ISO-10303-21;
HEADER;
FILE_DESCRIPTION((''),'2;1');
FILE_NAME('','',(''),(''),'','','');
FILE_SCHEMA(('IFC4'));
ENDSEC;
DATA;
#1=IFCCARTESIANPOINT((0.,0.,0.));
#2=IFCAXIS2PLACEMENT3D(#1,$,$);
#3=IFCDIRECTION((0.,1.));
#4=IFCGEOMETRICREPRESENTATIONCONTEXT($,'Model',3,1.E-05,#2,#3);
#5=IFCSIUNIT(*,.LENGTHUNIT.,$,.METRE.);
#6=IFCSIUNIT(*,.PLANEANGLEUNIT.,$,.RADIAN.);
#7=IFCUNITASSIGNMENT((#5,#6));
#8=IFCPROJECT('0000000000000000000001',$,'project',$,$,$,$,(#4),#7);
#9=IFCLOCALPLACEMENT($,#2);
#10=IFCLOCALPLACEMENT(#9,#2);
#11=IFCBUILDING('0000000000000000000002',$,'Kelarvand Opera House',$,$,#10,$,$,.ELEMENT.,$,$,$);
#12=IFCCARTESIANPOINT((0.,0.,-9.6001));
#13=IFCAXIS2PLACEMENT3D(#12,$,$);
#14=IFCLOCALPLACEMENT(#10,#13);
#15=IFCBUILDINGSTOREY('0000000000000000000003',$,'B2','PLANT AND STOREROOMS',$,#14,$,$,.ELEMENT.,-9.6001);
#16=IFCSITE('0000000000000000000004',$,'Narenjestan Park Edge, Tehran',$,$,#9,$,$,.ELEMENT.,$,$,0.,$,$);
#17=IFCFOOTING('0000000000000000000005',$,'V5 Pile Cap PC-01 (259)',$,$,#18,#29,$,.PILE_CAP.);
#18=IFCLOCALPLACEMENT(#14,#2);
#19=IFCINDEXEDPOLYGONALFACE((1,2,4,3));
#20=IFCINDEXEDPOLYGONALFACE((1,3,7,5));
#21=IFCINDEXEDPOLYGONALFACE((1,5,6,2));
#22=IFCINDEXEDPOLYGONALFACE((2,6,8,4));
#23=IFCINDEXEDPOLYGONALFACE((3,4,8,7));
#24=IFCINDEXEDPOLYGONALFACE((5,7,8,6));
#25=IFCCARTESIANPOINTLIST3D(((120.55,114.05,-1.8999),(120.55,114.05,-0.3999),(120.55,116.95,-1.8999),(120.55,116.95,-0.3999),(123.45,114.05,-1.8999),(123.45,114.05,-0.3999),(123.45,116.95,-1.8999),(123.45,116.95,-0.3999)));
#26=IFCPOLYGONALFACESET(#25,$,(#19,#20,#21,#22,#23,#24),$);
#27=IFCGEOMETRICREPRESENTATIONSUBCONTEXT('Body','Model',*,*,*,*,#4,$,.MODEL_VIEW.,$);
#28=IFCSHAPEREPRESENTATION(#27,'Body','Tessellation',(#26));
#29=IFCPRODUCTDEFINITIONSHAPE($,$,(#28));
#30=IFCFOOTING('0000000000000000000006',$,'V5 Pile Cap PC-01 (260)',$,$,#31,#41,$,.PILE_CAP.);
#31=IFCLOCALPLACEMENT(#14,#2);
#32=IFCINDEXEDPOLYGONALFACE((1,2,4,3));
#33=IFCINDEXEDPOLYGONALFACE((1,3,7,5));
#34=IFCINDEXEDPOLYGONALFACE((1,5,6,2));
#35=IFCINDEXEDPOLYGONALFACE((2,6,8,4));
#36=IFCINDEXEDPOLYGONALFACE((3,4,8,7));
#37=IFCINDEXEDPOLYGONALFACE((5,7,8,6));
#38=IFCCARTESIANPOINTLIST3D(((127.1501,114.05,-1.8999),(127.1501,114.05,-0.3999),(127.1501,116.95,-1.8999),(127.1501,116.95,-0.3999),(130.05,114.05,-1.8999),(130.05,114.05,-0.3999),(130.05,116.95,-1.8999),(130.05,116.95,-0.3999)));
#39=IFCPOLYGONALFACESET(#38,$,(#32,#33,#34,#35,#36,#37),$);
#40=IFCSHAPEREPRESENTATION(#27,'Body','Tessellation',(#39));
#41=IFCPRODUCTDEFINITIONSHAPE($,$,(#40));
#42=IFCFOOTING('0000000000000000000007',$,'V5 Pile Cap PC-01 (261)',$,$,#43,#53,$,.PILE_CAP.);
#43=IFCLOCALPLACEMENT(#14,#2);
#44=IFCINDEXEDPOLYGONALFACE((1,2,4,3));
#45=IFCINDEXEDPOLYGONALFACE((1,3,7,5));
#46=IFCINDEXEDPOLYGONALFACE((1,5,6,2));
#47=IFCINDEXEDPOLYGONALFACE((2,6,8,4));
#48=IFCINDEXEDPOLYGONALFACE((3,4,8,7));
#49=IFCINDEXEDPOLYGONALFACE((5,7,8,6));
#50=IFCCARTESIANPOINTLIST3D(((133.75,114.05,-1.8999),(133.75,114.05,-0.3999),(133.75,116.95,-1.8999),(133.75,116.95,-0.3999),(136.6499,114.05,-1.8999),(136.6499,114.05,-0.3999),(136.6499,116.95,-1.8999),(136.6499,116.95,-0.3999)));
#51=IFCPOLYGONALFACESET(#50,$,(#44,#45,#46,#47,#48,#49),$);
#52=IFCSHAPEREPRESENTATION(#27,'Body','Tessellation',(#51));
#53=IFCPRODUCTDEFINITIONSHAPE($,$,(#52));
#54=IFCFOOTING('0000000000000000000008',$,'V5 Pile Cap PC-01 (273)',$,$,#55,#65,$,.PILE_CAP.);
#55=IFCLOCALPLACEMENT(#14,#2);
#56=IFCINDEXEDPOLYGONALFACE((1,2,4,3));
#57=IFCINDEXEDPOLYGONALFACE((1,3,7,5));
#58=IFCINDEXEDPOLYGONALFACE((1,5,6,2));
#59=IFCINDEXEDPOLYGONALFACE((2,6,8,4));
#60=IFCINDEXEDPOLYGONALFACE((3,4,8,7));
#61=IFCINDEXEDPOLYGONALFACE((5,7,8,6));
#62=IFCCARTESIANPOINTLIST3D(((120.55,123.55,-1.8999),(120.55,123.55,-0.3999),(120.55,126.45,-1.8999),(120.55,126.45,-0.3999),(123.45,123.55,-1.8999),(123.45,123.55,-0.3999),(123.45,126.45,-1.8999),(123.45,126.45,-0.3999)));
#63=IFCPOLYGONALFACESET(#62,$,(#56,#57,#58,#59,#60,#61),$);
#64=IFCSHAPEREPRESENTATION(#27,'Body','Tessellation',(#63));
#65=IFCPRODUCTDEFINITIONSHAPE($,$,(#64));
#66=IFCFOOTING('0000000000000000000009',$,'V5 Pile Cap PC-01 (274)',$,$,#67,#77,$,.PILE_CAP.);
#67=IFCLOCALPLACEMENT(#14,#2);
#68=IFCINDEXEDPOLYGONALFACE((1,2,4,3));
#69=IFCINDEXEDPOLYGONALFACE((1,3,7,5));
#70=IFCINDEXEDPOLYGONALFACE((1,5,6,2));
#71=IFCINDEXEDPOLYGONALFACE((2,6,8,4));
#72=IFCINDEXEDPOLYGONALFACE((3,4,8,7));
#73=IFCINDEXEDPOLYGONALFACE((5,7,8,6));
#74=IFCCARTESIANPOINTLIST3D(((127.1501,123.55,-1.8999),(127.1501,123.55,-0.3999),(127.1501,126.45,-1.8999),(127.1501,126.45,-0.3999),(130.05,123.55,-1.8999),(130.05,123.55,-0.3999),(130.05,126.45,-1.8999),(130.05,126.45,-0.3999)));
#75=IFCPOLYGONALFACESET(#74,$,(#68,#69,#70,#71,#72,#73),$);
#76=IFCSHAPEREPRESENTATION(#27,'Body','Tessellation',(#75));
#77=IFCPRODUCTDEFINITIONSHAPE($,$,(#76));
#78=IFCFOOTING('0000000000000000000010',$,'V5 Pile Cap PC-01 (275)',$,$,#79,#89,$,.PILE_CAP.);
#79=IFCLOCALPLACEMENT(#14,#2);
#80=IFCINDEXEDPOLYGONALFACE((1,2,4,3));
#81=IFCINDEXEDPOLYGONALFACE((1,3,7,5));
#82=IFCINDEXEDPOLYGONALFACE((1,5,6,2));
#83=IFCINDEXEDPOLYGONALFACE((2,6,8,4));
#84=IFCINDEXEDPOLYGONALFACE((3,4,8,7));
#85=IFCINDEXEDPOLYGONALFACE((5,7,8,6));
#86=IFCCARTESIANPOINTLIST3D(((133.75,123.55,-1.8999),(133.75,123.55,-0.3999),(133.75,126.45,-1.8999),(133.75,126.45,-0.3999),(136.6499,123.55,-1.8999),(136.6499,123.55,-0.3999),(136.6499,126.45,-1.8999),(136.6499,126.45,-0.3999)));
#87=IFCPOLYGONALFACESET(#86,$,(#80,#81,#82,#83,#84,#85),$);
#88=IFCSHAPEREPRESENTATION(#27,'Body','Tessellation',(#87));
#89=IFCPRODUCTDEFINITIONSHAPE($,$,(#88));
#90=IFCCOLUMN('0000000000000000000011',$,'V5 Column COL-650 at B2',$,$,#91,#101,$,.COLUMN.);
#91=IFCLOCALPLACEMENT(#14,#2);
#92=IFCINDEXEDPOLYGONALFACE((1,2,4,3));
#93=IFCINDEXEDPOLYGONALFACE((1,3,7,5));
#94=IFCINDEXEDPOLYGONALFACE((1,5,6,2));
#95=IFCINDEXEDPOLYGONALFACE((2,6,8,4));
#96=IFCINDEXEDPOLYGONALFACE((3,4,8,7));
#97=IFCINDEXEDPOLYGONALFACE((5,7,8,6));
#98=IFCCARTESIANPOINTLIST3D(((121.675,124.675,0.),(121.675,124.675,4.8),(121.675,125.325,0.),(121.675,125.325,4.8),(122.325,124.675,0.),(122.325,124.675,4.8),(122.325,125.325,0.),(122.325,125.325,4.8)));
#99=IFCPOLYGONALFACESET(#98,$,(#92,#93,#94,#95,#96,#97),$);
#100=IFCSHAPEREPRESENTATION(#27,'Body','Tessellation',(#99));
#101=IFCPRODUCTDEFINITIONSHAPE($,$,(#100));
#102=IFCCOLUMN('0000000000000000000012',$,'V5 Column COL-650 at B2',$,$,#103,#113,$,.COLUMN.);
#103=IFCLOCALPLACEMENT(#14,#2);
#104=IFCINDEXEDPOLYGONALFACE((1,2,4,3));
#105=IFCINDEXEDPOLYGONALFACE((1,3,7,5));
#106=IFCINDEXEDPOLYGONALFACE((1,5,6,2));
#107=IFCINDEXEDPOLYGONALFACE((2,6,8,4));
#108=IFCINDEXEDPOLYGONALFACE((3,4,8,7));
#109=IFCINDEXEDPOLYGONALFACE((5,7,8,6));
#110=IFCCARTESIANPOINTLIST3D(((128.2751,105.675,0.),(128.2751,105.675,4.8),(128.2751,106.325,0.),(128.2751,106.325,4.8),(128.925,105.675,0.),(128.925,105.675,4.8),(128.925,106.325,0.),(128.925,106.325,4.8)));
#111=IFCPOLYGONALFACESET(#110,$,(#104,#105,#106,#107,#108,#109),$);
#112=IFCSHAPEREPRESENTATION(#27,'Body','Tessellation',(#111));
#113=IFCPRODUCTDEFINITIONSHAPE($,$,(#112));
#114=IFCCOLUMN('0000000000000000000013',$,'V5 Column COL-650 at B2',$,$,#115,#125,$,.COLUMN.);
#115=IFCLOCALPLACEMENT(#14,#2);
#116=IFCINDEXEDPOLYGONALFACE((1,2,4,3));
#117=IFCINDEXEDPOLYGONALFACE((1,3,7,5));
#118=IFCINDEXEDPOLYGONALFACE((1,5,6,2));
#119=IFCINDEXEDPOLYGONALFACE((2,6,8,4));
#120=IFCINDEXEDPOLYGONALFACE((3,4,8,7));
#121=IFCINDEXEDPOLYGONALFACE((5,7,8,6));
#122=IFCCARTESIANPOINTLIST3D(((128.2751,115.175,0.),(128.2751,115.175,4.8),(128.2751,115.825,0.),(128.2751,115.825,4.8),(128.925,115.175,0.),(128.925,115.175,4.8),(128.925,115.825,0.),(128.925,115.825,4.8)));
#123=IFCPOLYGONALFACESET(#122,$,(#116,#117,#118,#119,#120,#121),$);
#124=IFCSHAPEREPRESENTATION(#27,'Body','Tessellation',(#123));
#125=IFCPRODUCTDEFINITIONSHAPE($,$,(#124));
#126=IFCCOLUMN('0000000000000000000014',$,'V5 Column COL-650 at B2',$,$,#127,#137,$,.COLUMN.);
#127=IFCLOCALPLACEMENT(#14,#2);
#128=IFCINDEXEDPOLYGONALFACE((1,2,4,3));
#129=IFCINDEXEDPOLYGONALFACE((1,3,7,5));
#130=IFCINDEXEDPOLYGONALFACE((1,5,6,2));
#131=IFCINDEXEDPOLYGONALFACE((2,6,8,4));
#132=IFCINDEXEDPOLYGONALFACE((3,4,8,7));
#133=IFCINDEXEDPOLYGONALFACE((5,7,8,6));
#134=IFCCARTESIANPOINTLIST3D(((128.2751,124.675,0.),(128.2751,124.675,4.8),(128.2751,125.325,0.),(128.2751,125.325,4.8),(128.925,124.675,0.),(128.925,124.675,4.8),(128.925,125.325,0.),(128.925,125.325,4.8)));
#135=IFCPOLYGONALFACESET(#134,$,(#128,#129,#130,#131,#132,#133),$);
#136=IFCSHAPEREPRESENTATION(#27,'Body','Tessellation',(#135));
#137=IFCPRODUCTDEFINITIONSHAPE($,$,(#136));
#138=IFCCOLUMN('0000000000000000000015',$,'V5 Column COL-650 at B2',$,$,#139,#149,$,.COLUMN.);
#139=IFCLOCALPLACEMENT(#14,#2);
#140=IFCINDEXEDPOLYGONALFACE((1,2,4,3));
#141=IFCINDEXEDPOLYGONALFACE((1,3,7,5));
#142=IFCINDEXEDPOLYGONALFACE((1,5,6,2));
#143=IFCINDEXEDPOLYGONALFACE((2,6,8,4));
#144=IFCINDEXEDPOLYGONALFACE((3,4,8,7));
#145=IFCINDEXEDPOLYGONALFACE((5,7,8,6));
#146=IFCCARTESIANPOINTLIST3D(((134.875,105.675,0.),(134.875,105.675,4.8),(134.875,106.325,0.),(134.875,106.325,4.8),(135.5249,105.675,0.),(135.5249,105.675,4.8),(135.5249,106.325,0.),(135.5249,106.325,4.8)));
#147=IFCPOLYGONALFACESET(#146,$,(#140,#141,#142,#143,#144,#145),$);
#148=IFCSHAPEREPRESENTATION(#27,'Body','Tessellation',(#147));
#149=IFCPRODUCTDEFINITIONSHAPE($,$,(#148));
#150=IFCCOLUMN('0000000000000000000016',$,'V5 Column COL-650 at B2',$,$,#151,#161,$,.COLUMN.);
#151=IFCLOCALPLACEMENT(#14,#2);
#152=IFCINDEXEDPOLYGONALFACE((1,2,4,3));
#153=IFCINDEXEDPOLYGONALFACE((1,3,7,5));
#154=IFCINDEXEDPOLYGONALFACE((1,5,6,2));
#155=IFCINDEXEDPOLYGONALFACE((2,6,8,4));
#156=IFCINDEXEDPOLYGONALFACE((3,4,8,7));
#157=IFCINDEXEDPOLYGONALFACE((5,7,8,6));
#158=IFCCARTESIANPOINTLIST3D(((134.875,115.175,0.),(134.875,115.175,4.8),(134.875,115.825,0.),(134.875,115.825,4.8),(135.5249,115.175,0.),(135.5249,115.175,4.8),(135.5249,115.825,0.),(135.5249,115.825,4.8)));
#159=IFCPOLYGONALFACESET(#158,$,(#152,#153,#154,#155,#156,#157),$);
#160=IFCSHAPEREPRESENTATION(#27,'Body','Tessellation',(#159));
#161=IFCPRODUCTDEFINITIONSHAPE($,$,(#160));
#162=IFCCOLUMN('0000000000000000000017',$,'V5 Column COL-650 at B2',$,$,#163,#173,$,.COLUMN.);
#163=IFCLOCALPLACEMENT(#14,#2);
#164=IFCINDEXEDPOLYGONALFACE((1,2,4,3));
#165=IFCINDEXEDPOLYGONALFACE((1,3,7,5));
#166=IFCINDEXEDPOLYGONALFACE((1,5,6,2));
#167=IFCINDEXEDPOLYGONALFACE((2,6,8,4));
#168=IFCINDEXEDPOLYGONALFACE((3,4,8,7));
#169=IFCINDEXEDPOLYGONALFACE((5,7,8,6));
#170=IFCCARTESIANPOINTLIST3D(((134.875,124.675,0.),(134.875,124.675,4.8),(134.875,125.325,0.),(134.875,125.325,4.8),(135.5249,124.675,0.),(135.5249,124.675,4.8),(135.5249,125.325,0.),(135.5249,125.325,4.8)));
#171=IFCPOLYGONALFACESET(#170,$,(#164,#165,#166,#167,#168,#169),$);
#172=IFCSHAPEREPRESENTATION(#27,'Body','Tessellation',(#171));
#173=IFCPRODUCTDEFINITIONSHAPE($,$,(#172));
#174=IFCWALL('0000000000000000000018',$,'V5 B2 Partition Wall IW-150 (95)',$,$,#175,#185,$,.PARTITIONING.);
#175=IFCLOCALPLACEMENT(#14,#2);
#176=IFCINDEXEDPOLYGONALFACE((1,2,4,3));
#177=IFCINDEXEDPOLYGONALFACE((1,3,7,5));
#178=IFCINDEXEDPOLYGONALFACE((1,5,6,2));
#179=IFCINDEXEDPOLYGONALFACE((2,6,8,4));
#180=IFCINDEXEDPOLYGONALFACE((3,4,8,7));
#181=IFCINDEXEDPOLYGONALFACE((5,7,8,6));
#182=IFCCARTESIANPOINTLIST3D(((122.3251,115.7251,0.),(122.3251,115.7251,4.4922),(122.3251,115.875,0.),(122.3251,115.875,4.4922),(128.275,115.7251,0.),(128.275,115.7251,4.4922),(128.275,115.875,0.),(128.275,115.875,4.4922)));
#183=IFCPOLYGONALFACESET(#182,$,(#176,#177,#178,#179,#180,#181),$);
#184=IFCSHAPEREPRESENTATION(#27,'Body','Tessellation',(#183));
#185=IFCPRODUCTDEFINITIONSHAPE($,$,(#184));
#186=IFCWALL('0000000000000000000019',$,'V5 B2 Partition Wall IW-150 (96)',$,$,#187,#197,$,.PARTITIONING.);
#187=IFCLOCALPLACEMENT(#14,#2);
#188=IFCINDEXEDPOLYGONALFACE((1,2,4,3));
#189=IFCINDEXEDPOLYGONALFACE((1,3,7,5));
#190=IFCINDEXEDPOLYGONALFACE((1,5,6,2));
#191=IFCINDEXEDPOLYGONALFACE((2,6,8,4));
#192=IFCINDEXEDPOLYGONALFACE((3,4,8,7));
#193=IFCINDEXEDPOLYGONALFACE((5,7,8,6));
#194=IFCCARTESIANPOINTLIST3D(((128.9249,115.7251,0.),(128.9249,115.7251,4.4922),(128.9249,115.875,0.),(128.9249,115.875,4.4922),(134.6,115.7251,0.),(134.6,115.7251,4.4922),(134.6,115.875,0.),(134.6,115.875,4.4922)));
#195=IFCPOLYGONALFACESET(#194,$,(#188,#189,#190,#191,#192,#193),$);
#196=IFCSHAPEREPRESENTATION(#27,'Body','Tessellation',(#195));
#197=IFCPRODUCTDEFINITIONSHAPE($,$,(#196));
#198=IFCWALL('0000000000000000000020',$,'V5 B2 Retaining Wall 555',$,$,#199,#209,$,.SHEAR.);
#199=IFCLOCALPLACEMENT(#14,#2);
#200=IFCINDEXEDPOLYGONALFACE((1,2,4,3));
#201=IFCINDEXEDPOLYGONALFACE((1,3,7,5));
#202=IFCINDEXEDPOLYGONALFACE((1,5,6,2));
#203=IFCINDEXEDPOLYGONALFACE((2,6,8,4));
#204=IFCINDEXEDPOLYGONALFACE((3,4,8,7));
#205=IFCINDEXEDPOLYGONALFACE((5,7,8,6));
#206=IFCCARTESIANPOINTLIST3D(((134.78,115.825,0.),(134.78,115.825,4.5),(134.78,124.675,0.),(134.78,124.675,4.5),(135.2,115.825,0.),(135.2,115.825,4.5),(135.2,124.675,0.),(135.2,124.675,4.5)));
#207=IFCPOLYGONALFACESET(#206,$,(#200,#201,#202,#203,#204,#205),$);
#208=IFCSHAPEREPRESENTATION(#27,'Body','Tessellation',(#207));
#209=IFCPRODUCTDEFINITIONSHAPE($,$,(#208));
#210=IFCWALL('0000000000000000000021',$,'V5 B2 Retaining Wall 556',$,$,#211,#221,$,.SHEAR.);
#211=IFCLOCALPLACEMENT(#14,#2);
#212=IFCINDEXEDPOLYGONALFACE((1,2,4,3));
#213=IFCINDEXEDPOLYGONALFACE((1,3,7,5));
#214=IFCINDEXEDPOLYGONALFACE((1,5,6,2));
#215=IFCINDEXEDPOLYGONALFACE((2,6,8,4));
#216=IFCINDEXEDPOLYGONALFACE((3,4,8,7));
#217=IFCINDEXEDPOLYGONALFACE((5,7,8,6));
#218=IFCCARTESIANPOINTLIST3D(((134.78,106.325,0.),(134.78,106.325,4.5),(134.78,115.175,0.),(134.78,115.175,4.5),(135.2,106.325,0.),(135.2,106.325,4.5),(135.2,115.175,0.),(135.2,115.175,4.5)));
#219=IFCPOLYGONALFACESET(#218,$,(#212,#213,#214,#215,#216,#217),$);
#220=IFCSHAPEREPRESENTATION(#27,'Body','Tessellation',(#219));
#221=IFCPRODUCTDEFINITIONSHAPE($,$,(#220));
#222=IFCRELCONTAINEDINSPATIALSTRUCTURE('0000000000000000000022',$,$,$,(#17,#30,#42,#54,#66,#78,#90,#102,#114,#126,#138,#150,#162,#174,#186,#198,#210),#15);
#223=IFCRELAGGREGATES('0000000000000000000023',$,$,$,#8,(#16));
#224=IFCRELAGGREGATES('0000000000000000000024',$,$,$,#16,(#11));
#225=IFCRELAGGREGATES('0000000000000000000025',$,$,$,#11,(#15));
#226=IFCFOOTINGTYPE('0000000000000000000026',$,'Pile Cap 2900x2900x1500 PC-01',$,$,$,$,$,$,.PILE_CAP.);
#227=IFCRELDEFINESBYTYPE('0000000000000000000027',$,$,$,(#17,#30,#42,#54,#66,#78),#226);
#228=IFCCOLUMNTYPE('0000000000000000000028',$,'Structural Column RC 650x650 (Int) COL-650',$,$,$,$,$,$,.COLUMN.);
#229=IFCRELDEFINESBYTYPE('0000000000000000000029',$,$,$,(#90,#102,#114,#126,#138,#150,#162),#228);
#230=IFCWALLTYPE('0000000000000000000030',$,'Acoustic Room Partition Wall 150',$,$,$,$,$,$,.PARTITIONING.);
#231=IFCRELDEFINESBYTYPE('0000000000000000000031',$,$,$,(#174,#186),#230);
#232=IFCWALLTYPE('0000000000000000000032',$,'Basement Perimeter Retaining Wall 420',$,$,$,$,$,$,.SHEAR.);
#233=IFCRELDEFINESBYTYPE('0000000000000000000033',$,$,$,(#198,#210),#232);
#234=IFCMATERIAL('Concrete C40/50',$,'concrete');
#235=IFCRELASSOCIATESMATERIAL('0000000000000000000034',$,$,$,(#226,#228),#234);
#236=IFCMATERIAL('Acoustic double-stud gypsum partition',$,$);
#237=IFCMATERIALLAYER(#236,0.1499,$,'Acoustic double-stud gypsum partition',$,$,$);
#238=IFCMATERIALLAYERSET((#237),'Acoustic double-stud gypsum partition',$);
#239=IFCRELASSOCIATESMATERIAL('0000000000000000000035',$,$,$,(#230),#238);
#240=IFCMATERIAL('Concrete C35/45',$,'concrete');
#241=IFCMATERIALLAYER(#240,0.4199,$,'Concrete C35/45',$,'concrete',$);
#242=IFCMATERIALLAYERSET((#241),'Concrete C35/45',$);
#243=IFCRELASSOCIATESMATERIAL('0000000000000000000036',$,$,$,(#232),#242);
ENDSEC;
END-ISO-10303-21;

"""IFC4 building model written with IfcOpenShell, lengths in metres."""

from ifc_helpers import new_model, si_unit, direction, frame, frame_2d, origin, origin_2d, place, context, subcontext, project, spatial, rectangle, extrude, material, layer, layer_set, material_profile, profile_set, type_object, element, save


model = new_model("IFC4")

# Units and contexts
model_context = context("Model", 3, precision=1e-05, world=origin(), true_north=direction((0.0, 1.0)))
body_context = subcontext(model_context, "Body", "Model", "MODEL_VIEW")
ifc_project = project(units=[si_unit("LENGTHUNIT", "METRE"), si_unit("PLANEANGLEUNIT", "RADIAN")], contexts=[model_context])

# Site, building, storey
site_placement = place(None, origin())
site = spatial("IfcSite", under=ifc_project, at=site_placement, Name="Narenjestan Park Edge, Tehran", CompositionType="ELEMENT", RefElevation=0.0)
building_placement = place(site_placement, origin())
building = spatial("IfcBuilding", under=site, at=building_placement, Name="Kelarvand Opera House", CompositionType="ELEMENT")
storey_placement = place(building_placement, frame((0.0, 0.0, -9.6001)))
storey = spatial("IfcBuildingStorey", under=building, at=storey_placement, Name="B2", Description="PLANT AND STOREROOMS", CompositionType="ELEMENT", Elevation=-9.6001)

# Shared definitions
ifc_material_1 = material(Name="Concrete C40/50", Category="concrete")

# Footings
footing_type = type_object("IfcFootingType", Name="Pile Cap 2900x2900x1500 PC-01", PredefinedType="PILE_CAP", material=ifc_material_1)
for number, where, z_axis, x_axis, name in (
    (1, (122.0, 115.5, -1.8999), (0.0, 0.0, 1.0), (1.0, 0.0, 0.0), "V5 Pile Cap PC-01 (259)"),
    (2, (128.6001, 115.5, -1.8999), (0.0, 0.0, 1.0), (1.0, 0.0, 0.0), "V5 Pile Cap PC-01 (260)"),
    (3, (135.2, 115.5, -1.8999), (0.0, 0.0, 1.0), (1.0, 0.0, 0.0), "V5 Pile Cap PC-01 (261)"),
    (4, (122.0, 125.0, -1.8999), (0.0, 0.0, 1.0), (1.0, 0.0, 0.0), "V5 Pile Cap PC-01 (273)"),
    (5, (128.6001, 125.0, -1.8999), (0.0, 0.0, 1.0), (1.0, 0.0, 0.0), "V5 Pile Cap PC-01 (274)"),
    (6, (135.2, 125.0, -1.8999), (0.0, 0.0, 1.0), (1.0, 0.0, 0.0), "V5 Pile Cap PC-01 (275)"),
):
    element("IfcFooting", number, at=place(storey_placement, frame(where, z_axis=z_axis, x_axis=x_axis)), inside=storey, type_object=footing_type, Name=name, PredefinedType="PILE_CAP", context=body_context, shape_type="SweptSolid", body=[
        extrude(rectangle(XDim=2.8999, YDim=2.8999, at=origin_2d()), origin(), (0.0, 0.0, 1.0), 1.5),
    ])

# Columns
ifc_material_profile_1 = material_profile(ifc_material_1, rectangle(XDim=0.6499, YDim=0.6499, at=origin_2d()), Name="RC 650x650", Category="concrete")
ifc_profile_set_1 = profile_set([ifc_material_profile_1], Name="Concrete C40/50")
column_type = type_object("IfcColumnType", Name="Structural Column RC 650x650 (Int) COL-650", PredefinedType="COLUMN", material=ifc_profile_set_1)
for number, where, z_axis, x_axis, name in (
    (7, (122.0, 125.0, 0.0), (0.0, 0.0, 1.0), (1.0, 0.0, 0.0), "V5 Column COL-650 at B2"),
    (8, (128.6001, 106.0, 0.0), (0.0, 0.0, 1.0), (1.0, 0.0, 0.0), "V5 Column COL-650 at B2"),
    (9, (128.6001, 115.5, 0.0), (0.0, 0.0, 1.0), (1.0, 0.0, 0.0), "V5 Column COL-650 at B2"),
    (10, (128.6001, 125.0, 0.0), (0.0, 0.0, 1.0), (1.0, 0.0, 0.0), "V5 Column COL-650 at B2"),
    (11, (135.2, 106.0, 0.0), (0.0, 0.0, 1.0), (1.0, 0.0, 0.0), "V5 Column COL-650 at B2"),
    (12, (135.2, 115.5, 0.0), (0.0, 0.0, 1.0), (1.0, 0.0, 0.0), "V5 Column COL-650 at B2"),
    (13, (135.2, 125.0, 0.0), (0.0, 0.0, 1.0), (1.0, 0.0, 0.0), "V5 Column COL-650 at B2"),
):
    element("IfcColumn", number, at=place(storey_placement, frame(where, z_axis=z_axis, x_axis=x_axis)), inside=storey, type_object=column_type, Name=name, PredefinedType="COLUMN", context=body_context, shape_type="SweptSolid", body=[
        extrude(rectangle(XDim=0.6499, YDim=0.6499, at=origin_2d()), origin(), (0.0, 0.0, 1.0), 4.8),
    ])

# Walls
ifc_material_2 = material(Name="Acoustic double-stud gypsum partition")
ifc_layer_1 = layer(ifc_material_2, 0.1499, Name="Acoustic double-stud gypsum partition")
ifc_layer_set_1 = layer_set([ifc_layer_1], Name="Acoustic double-stud gypsum partition")
wall_type_1 = type_object("IfcWallType", Name="Acoustic Room Partition Wall 150", PredefinedType="PARTITIONING", material=ifc_layer_set_1)
wall_1_placement = place(storey_placement, frame((122.325, 115.8, 0.0), z_axis=(0.0, 0.0, 1.0), x_axis=(1.0, 0.0, 0.0)))
element("IfcWall", 14, at=wall_1_placement, inside=storey, type_object=wall_type_1, Name="V5 B2 Partition Wall IW-150 (95)", PredefinedType="PARTITIONING", context=body_context, shape_type="SweptSolid", body=[
    extrude(rectangle(XDim=5.95, YDim=0.1499, at=frame_2d((2.9751, 0.0))), origin(), (0.0, 0.0, 1.0), 4.4922),
])
wall_2_placement = place(storey_placement, frame((128.925, 115.8, 0.0), z_axis=(0.0, 0.0, 1.0), x_axis=(1.0, 0.0, 0.0)))
element("IfcWall", 15, at=wall_2_placement, inside=storey, type_object=wall_type_1, Name="V5 B2 Partition Wall IW-150 (96)", PredefinedType="PARTITIONING", context=body_context, shape_type="SweptSolid", body=[
    extrude(rectangle(XDim=5.675, YDim=0.1499, at=frame_2d((2.8374, 0.0))), origin(), (0.0, 0.0, 1.0), 4.4922),
])
ifc_material_3 = material(Name="Concrete C35/45", Category="concrete")
ifc_layer_2 = layer(ifc_material_3, 0.4199, Name="Concrete C35/45", Category="concrete")
ifc_layer_set_2 = layer_set([ifc_layer_2], Name="Concrete C35/45")
wall_type_2 = type_object("IfcWallType", Name="Basement Perimeter Retaining Wall 420", PredefinedType="SHEAR", material=ifc_layer_set_2)
for number, where, z_axis, x_axis, name in (
    (16, (134.99, 124.675, 0.0), (0.0, 0.0, 1.0), (0.0, -1.0, 0.0), "V5 B2 Retaining Wall 555"),
    (17, (134.99, 115.175, 0.0), (0.0, 0.0, 1.0), (0.0, -1.0, 0.0), "V5 B2 Retaining Wall 556"),
):
    element("IfcWall", number, at=place(storey_placement, frame(where, z_axis=z_axis, x_axis=x_axis)), inside=storey, type_object=wall_type_2, Name=name, PredefinedType="SHEAR", context=body_context, shape_type="SweptSolid", body=[
        extrude(rectangle(XDim=8.8501, YDim=0.4199, at=frame_2d((4.425, 0.0))), origin(), (0.0, 0.0, 1.0), 4.5),
    ])

save(model, "model.ifc")
